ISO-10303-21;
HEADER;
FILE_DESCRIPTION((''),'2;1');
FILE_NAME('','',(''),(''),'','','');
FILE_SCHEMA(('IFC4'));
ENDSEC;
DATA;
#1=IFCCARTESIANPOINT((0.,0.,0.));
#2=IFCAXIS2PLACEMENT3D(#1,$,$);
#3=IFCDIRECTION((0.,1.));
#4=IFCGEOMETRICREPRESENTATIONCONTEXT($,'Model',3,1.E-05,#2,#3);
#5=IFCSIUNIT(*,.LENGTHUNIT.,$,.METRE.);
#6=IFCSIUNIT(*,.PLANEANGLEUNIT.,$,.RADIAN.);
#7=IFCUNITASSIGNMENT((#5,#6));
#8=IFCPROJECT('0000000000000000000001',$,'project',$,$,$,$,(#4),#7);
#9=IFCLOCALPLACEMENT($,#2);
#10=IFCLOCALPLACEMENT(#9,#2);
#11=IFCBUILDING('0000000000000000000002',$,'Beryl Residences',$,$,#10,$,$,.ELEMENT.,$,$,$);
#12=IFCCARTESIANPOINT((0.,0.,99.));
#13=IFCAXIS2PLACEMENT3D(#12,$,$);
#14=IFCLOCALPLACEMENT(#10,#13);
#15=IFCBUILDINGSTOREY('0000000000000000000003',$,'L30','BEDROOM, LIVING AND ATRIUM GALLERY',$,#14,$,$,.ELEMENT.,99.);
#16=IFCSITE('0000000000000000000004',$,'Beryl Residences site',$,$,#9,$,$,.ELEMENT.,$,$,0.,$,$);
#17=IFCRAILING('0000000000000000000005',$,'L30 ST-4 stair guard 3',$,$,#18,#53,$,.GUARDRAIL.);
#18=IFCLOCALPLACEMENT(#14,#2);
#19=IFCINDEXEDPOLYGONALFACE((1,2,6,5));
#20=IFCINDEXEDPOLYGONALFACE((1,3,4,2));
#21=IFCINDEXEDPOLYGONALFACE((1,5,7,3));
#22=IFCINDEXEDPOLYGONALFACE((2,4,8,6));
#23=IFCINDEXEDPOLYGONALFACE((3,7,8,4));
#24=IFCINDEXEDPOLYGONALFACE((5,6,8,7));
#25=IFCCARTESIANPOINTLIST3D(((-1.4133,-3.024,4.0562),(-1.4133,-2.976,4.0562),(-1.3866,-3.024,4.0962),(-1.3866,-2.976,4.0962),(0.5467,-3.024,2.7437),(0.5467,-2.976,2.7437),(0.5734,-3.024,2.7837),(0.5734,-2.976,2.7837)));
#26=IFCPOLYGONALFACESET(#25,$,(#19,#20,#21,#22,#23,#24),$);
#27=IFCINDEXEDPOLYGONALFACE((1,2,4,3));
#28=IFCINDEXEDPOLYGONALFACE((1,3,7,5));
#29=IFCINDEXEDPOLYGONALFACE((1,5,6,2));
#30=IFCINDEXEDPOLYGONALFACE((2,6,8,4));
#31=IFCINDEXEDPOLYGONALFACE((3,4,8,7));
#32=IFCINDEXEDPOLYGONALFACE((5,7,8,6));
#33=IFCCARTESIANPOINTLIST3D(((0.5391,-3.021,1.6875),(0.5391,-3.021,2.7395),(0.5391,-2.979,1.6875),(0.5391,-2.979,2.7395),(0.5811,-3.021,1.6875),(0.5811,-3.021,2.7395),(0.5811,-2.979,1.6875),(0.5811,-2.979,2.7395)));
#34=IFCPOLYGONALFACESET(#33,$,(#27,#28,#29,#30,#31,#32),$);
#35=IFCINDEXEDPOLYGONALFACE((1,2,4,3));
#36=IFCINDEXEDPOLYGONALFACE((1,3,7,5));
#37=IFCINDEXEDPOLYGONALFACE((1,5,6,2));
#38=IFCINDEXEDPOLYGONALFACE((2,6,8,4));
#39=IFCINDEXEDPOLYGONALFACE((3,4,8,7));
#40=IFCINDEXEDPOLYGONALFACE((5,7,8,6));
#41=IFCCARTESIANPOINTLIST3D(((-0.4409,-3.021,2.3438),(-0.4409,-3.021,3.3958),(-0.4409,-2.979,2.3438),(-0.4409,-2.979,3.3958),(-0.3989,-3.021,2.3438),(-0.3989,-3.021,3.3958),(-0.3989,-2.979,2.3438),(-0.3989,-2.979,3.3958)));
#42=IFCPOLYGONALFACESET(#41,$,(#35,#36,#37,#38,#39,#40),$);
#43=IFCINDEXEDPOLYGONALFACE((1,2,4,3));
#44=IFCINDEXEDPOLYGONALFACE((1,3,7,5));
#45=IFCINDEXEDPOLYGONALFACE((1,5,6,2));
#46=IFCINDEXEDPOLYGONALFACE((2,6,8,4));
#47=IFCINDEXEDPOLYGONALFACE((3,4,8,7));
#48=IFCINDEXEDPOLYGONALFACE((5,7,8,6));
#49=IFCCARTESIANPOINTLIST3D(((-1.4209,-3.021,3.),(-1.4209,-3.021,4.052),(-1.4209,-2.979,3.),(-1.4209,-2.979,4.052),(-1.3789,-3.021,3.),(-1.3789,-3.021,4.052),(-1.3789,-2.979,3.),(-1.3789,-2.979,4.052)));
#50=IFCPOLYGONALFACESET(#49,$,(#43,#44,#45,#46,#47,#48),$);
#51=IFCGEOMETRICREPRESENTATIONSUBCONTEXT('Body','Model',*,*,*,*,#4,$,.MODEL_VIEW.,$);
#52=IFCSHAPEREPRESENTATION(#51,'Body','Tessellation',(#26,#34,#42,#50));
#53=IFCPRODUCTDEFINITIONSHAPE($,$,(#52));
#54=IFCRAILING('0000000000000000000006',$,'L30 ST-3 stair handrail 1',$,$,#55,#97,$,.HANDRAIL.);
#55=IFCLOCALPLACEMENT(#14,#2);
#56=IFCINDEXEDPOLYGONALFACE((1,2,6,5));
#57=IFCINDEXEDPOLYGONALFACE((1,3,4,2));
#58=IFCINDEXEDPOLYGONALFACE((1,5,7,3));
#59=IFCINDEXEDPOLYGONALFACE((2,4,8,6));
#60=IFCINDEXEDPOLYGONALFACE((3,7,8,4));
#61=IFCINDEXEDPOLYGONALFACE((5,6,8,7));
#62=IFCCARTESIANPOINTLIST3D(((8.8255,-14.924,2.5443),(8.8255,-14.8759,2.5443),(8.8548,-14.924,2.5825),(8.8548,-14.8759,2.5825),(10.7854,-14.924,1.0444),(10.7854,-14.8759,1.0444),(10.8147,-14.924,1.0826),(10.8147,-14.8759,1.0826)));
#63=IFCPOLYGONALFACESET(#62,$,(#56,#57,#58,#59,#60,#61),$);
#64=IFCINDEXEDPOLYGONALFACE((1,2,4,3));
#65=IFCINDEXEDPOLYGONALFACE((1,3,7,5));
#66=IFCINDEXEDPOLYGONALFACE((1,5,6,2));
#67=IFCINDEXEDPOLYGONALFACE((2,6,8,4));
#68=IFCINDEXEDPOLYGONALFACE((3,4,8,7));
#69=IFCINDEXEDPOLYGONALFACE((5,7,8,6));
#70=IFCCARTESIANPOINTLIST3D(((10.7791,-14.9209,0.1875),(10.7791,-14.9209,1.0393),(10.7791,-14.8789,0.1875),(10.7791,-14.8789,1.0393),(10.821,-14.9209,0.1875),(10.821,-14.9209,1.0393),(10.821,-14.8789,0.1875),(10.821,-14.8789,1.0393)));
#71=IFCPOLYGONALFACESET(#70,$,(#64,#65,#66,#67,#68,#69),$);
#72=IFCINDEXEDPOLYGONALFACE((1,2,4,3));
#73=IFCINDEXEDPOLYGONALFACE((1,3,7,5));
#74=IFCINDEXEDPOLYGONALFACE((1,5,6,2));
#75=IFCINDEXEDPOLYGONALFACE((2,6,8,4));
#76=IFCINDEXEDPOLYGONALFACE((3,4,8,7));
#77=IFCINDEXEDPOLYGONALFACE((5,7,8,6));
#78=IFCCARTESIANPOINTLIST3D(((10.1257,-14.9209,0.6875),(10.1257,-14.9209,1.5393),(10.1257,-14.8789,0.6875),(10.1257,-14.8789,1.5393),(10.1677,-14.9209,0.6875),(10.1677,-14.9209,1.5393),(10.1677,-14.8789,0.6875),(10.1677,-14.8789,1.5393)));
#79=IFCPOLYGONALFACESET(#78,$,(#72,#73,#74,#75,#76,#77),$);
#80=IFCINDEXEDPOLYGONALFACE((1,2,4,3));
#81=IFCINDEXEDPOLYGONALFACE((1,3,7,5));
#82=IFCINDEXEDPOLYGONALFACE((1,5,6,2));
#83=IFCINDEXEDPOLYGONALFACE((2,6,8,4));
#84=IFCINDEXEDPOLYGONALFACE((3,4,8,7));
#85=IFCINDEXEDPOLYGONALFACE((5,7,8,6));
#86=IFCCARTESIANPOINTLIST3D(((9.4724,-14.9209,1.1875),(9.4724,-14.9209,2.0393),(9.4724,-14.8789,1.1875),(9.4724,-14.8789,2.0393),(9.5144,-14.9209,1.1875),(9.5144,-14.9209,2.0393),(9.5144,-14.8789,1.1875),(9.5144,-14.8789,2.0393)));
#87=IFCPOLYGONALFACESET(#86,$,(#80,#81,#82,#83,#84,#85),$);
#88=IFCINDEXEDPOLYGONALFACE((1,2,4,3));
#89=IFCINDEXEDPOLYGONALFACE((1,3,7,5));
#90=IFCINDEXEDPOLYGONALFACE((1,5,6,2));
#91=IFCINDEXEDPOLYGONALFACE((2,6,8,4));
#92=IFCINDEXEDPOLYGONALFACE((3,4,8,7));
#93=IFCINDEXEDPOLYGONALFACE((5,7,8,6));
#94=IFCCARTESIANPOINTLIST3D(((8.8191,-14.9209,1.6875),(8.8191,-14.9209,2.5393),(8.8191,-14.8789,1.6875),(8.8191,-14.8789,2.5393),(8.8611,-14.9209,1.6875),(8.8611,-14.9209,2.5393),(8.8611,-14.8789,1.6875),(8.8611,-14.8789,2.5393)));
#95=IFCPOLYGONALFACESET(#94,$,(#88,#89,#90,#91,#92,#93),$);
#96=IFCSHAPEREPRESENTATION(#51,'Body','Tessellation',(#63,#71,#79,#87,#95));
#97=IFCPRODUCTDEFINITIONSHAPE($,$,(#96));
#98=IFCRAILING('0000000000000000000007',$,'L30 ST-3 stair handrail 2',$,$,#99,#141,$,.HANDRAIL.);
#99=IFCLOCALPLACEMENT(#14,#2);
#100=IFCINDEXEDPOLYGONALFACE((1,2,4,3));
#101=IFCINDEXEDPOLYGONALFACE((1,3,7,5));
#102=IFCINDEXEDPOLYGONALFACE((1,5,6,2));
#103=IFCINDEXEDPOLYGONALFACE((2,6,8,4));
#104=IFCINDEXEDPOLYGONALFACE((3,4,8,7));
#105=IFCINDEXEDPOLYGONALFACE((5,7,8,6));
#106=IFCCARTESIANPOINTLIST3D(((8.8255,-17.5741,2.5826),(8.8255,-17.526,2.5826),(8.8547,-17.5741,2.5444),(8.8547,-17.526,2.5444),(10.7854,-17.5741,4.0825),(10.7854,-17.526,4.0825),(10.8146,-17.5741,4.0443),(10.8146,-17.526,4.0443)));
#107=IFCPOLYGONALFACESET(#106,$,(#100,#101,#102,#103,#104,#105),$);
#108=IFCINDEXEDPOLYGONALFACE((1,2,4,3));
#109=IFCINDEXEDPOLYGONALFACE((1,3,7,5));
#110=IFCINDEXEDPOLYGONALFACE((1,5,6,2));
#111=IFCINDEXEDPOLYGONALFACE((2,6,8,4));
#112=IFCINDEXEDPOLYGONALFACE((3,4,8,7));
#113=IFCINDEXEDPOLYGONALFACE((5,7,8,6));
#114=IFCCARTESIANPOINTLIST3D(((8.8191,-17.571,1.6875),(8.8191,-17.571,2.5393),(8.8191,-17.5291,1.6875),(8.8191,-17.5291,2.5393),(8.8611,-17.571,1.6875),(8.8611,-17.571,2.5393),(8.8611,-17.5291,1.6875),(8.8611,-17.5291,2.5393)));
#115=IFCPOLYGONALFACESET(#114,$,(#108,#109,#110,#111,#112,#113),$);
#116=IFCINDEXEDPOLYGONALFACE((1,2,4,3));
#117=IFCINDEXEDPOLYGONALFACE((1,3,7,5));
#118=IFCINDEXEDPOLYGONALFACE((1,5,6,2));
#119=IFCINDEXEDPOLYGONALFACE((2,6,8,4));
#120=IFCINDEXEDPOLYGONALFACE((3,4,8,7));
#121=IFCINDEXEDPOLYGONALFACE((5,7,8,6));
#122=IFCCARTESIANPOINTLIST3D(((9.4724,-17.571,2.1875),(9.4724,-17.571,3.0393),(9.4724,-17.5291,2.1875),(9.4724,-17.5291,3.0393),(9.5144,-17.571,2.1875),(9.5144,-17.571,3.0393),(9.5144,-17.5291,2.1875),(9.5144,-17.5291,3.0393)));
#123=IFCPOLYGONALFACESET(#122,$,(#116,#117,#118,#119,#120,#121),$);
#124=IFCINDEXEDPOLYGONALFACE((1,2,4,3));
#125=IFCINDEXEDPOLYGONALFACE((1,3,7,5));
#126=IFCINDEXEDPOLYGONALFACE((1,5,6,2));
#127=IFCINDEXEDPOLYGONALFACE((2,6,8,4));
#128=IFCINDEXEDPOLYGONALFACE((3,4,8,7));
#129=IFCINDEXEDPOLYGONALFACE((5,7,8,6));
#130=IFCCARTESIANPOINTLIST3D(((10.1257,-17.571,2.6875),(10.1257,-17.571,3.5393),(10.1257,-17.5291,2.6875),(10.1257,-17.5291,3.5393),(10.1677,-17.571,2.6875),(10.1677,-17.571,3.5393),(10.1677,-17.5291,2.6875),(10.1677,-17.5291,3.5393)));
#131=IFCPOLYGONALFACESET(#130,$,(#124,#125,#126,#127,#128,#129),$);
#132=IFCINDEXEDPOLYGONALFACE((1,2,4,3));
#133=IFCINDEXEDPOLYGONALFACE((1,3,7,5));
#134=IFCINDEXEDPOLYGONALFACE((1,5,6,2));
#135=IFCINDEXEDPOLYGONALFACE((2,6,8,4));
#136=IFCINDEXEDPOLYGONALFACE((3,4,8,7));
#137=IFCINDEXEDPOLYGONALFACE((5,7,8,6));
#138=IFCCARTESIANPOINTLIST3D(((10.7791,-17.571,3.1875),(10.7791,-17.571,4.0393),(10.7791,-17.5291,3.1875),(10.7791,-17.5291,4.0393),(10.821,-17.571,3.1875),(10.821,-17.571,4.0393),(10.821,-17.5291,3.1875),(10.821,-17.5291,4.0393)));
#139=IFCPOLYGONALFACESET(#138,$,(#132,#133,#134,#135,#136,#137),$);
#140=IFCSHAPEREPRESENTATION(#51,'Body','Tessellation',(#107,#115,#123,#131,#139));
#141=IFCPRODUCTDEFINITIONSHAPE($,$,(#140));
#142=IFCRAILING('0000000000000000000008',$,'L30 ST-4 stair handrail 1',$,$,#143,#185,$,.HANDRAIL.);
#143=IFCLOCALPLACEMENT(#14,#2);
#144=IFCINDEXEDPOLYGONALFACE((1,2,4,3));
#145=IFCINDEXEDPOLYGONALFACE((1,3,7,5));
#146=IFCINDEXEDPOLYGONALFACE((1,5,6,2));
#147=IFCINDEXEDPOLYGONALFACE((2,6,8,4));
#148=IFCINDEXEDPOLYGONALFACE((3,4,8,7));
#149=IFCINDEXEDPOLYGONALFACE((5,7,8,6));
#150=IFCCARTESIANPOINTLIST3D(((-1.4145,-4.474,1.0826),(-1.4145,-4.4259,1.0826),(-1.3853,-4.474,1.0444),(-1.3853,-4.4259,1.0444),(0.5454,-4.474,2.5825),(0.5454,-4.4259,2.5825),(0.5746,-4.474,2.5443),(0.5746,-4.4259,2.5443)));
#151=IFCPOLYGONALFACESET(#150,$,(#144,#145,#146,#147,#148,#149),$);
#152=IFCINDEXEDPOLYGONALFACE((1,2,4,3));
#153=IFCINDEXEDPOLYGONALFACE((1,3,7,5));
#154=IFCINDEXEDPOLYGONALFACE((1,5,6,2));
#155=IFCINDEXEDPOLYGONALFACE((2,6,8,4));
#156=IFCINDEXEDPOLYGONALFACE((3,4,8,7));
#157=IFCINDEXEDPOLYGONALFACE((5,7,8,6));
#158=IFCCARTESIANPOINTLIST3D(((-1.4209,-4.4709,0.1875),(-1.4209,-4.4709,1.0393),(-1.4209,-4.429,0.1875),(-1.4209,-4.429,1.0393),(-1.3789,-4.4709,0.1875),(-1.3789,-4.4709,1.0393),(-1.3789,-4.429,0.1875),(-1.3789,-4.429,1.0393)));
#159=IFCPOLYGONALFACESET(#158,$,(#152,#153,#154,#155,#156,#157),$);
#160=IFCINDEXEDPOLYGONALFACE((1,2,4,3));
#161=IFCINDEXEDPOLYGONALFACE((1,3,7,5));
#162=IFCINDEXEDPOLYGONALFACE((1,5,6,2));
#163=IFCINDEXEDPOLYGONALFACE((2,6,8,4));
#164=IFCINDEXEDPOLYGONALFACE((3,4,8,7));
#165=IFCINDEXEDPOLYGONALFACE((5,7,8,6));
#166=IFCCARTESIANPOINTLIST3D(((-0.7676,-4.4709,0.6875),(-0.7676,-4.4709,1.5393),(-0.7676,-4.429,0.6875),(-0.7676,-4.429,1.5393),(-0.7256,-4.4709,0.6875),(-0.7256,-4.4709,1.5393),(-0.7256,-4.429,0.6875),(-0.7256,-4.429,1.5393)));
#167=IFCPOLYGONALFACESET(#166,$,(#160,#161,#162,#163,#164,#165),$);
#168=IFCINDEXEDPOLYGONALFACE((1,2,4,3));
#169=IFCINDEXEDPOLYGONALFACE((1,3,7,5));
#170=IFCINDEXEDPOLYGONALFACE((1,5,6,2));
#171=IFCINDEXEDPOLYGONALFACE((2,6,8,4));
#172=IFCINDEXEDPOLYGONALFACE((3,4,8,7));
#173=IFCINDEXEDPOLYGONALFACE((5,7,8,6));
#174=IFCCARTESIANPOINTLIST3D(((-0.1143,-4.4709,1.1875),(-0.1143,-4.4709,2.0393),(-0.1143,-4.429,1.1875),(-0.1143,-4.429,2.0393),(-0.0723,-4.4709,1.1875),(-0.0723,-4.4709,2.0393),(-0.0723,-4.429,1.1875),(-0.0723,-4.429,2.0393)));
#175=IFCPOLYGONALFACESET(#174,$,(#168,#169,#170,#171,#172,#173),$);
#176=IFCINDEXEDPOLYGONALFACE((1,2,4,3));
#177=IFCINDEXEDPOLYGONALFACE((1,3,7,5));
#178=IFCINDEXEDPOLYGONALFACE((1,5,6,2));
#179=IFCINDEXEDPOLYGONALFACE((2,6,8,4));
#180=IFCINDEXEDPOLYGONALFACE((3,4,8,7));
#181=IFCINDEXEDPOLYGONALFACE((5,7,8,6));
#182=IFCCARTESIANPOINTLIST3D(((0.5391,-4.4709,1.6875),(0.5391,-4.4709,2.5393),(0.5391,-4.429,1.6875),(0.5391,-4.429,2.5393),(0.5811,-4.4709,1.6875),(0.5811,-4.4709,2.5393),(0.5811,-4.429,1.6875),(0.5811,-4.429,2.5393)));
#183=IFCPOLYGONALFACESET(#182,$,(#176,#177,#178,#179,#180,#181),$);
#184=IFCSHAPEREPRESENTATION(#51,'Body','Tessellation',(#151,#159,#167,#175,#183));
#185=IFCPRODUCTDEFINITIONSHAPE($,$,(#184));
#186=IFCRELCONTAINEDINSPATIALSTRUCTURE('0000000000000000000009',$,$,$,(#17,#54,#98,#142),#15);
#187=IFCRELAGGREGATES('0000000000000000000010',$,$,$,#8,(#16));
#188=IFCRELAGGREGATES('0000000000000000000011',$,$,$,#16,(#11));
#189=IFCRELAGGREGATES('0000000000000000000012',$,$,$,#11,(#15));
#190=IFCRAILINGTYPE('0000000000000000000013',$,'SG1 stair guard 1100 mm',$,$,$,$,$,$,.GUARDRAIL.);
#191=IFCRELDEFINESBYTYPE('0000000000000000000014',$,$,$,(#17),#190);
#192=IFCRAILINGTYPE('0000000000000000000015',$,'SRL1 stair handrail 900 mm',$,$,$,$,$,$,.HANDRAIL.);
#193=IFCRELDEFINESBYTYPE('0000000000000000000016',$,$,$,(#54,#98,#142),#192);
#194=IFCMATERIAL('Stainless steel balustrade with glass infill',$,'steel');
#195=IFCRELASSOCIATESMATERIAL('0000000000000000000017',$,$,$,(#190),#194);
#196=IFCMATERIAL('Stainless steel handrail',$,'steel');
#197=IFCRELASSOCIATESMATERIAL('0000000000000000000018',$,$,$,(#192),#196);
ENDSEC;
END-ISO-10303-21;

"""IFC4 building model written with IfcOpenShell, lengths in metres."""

from ifc_helpers import new_model, si_unit, direction, frame, origin, origin_2d, place, context, subcontext, project, spatial, rectangle, extrude, material, type_object, element, save


model = new_model("IFC4")

# Units and contexts
model_context = context("Model", 3, precision=1e-05, world=origin(), true_north=direction((0.0, 1.0)))
body_context = subcontext(model_context, "Body", "Model", "MODEL_VIEW")
ifc_project = project(units=[si_unit("LENGTHUNIT", "METRE"), si_unit("PLANEANGLEUNIT", "RADIAN")], contexts=[model_context])

# Site, building, storey
site_placement = place(None, origin())
site = spatial("IfcSite", under=ifc_project, at=site_placement, Name="Beryl Residences site", CompositionType="ELEMENT", RefElevation=0.0)
building_placement = place(site_placement, origin())
building = spatial("IfcBuilding", under=site, at=building_placement, Name="Beryl Residences", CompositionType="ELEMENT")
storey_placement = place(building_placement, frame((0.0, 0.0, 99.0)))
storey = spatial("IfcBuildingStorey", under=building, at=storey_placement, Name="L30", Description="BEDROOM, LIVING AND ATRIUM GALLERY", CompositionType="ELEMENT", Elevation=99.0)

# Railings
ifc_material_1 = material(Name="Stainless steel balustrade with glass infill", Category="steel")
railing_type_1 = type_object("IfcRailingType", Name="SG1 stair guard 1100 mm", PredefinedType="GUARDRAIL", material=ifc_material_1)
railing_1_placement = place(storey_placement, frame((0.5601, -3.0, 1.6875)))
element("IfcRailing", 1, at=railing_1_placement, inside=storey, type_object=railing_type_1, Name="L30 ST-4 stair guard 3", PredefinedType="GUARDRAIL", context=body_context, shape_type="SweptSolid", body=[
    extrude(rectangle(XDim=0.0481, YDim=0.0481, at=origin_2d()), frame((0.0, 0.0, 1.0762), z_axis=(-0.830902, 0.0, 0.556419), x_axis=(0.0, -1.0, 0.0)), (0.0, 0.0, 1.0), 2.3589),
    extrude(rectangle(XDim=0.042, YDim=0.042, at=origin_2d()), origin(), (0.0, 0.0, 1.0), 1.052),
    extrude(rectangle(XDim=0.042, YDim=0.042, at=origin_2d()), frame((-0.98, 0.0, 0.6562)), (0.0, 0.0, 1.0), 1.052),
    extrude(rectangle(XDim=0.042, YDim=0.042, at=origin_2d()), frame((-1.96, 0.0, 1.3125)), (0.0, 0.0, 1.0), 1.052),
])
ifc_material_2 = material(Name="Stainless steel handrail", Category="steel")
railing_type_2 = type_object("IfcRailingType", Name="SRL1 stair handrail 900 mm", PredefinedType="HANDRAIL", material=ifc_material_2)
railing_2_placement = place(storey_placement, frame((10.8, -14.8999, 0.1875)))
element("IfcRailing", 2, at=railing_2_placement, inside=storey, type_object=railing_type_2, Name="L30 ST-3 stair handrail 1", PredefinedType="HANDRAIL", context=body_context, shape_type="SweptSolid", body=[
    extrude(rectangle(XDim=0.0481, YDim=0.0481, at=origin_2d()), frame((0.0, 0.0, 0.876), z_axis=(-0.794122, 0.0, 0.607758), x_axis=(0.0, -1.0, 0.0)), (0.0, 0.0, 1.0), 2.468),
    extrude(rectangle(XDim=0.042, YDim=0.042, at=origin_2d()), origin(), (0.0, 0.0, 1.0), 0.8518),
    extrude(rectangle(XDim=0.042, YDim=0.042, at=origin_2d()), frame((-0.6533, 0.0, 0.5)), (0.0, 0.0, 1.0), 0.8518),
    extrude(rectangle(XDim=0.042, YDim=0.042, at=origin_2d()), frame((-1.3066, 0.0, 1.0)), (0.0, 0.0, 1.0), 0.8518),
    extrude(rectangle(XDim=0.042, YDim=0.042, at=origin_2d()), frame((-1.96, 0.0, 1.5)), (0.0, 0.0, 1.0), 0.8518),
])
for number, where, name in (
    (3, (8.8401, -17.55, 1.6875), "L30 ST-3 stair handrail 2"),
    (4, (-1.3999, -4.45, 0.1875), "L30 ST-4 stair handrail 1"),
):
    element("IfcRailing", number, at=place(storey_placement, frame(where)), inside=storey, type_object=railing_type_2, Name=name, PredefinedType="HANDRAIL", context=body_context, shape_type="SweptSolid", body=[
        extrude(rectangle(XDim=0.0481, YDim=0.0481, at=origin_2d()), frame((0.0, 0.0, 0.876), z_axis=(0.794122, 0.0, 0.607758), x_axis=(0.0, 1.0, 0.0)), (0.0, 0.0, 1.0), 2.468),
        extrude(rectangle(XDim=0.042, YDim=0.042, at=origin_2d()), origin(), (0.0, 0.0, 1.0), 0.8518),
        extrude(rectangle(XDim=0.042, YDim=0.042, at=origin_2d()), frame((0.6533, 0.0, 0.5)), (0.0, 0.0, 1.0), 0.8518),
        extrude(rectangle(XDim=0.042, YDim=0.042, at=origin_2d()), frame((1.3066, 0.0, 1.0)), (0.0, 0.0, 1.0), 0.8518),
        extrude(rectangle(XDim=0.042, YDim=0.042, at=origin_2d()), frame((1.96, 0.0, 1.5)), (0.0, 0.0, 1.0), 0.8518),
    ])

save(model, "model.ifc")
